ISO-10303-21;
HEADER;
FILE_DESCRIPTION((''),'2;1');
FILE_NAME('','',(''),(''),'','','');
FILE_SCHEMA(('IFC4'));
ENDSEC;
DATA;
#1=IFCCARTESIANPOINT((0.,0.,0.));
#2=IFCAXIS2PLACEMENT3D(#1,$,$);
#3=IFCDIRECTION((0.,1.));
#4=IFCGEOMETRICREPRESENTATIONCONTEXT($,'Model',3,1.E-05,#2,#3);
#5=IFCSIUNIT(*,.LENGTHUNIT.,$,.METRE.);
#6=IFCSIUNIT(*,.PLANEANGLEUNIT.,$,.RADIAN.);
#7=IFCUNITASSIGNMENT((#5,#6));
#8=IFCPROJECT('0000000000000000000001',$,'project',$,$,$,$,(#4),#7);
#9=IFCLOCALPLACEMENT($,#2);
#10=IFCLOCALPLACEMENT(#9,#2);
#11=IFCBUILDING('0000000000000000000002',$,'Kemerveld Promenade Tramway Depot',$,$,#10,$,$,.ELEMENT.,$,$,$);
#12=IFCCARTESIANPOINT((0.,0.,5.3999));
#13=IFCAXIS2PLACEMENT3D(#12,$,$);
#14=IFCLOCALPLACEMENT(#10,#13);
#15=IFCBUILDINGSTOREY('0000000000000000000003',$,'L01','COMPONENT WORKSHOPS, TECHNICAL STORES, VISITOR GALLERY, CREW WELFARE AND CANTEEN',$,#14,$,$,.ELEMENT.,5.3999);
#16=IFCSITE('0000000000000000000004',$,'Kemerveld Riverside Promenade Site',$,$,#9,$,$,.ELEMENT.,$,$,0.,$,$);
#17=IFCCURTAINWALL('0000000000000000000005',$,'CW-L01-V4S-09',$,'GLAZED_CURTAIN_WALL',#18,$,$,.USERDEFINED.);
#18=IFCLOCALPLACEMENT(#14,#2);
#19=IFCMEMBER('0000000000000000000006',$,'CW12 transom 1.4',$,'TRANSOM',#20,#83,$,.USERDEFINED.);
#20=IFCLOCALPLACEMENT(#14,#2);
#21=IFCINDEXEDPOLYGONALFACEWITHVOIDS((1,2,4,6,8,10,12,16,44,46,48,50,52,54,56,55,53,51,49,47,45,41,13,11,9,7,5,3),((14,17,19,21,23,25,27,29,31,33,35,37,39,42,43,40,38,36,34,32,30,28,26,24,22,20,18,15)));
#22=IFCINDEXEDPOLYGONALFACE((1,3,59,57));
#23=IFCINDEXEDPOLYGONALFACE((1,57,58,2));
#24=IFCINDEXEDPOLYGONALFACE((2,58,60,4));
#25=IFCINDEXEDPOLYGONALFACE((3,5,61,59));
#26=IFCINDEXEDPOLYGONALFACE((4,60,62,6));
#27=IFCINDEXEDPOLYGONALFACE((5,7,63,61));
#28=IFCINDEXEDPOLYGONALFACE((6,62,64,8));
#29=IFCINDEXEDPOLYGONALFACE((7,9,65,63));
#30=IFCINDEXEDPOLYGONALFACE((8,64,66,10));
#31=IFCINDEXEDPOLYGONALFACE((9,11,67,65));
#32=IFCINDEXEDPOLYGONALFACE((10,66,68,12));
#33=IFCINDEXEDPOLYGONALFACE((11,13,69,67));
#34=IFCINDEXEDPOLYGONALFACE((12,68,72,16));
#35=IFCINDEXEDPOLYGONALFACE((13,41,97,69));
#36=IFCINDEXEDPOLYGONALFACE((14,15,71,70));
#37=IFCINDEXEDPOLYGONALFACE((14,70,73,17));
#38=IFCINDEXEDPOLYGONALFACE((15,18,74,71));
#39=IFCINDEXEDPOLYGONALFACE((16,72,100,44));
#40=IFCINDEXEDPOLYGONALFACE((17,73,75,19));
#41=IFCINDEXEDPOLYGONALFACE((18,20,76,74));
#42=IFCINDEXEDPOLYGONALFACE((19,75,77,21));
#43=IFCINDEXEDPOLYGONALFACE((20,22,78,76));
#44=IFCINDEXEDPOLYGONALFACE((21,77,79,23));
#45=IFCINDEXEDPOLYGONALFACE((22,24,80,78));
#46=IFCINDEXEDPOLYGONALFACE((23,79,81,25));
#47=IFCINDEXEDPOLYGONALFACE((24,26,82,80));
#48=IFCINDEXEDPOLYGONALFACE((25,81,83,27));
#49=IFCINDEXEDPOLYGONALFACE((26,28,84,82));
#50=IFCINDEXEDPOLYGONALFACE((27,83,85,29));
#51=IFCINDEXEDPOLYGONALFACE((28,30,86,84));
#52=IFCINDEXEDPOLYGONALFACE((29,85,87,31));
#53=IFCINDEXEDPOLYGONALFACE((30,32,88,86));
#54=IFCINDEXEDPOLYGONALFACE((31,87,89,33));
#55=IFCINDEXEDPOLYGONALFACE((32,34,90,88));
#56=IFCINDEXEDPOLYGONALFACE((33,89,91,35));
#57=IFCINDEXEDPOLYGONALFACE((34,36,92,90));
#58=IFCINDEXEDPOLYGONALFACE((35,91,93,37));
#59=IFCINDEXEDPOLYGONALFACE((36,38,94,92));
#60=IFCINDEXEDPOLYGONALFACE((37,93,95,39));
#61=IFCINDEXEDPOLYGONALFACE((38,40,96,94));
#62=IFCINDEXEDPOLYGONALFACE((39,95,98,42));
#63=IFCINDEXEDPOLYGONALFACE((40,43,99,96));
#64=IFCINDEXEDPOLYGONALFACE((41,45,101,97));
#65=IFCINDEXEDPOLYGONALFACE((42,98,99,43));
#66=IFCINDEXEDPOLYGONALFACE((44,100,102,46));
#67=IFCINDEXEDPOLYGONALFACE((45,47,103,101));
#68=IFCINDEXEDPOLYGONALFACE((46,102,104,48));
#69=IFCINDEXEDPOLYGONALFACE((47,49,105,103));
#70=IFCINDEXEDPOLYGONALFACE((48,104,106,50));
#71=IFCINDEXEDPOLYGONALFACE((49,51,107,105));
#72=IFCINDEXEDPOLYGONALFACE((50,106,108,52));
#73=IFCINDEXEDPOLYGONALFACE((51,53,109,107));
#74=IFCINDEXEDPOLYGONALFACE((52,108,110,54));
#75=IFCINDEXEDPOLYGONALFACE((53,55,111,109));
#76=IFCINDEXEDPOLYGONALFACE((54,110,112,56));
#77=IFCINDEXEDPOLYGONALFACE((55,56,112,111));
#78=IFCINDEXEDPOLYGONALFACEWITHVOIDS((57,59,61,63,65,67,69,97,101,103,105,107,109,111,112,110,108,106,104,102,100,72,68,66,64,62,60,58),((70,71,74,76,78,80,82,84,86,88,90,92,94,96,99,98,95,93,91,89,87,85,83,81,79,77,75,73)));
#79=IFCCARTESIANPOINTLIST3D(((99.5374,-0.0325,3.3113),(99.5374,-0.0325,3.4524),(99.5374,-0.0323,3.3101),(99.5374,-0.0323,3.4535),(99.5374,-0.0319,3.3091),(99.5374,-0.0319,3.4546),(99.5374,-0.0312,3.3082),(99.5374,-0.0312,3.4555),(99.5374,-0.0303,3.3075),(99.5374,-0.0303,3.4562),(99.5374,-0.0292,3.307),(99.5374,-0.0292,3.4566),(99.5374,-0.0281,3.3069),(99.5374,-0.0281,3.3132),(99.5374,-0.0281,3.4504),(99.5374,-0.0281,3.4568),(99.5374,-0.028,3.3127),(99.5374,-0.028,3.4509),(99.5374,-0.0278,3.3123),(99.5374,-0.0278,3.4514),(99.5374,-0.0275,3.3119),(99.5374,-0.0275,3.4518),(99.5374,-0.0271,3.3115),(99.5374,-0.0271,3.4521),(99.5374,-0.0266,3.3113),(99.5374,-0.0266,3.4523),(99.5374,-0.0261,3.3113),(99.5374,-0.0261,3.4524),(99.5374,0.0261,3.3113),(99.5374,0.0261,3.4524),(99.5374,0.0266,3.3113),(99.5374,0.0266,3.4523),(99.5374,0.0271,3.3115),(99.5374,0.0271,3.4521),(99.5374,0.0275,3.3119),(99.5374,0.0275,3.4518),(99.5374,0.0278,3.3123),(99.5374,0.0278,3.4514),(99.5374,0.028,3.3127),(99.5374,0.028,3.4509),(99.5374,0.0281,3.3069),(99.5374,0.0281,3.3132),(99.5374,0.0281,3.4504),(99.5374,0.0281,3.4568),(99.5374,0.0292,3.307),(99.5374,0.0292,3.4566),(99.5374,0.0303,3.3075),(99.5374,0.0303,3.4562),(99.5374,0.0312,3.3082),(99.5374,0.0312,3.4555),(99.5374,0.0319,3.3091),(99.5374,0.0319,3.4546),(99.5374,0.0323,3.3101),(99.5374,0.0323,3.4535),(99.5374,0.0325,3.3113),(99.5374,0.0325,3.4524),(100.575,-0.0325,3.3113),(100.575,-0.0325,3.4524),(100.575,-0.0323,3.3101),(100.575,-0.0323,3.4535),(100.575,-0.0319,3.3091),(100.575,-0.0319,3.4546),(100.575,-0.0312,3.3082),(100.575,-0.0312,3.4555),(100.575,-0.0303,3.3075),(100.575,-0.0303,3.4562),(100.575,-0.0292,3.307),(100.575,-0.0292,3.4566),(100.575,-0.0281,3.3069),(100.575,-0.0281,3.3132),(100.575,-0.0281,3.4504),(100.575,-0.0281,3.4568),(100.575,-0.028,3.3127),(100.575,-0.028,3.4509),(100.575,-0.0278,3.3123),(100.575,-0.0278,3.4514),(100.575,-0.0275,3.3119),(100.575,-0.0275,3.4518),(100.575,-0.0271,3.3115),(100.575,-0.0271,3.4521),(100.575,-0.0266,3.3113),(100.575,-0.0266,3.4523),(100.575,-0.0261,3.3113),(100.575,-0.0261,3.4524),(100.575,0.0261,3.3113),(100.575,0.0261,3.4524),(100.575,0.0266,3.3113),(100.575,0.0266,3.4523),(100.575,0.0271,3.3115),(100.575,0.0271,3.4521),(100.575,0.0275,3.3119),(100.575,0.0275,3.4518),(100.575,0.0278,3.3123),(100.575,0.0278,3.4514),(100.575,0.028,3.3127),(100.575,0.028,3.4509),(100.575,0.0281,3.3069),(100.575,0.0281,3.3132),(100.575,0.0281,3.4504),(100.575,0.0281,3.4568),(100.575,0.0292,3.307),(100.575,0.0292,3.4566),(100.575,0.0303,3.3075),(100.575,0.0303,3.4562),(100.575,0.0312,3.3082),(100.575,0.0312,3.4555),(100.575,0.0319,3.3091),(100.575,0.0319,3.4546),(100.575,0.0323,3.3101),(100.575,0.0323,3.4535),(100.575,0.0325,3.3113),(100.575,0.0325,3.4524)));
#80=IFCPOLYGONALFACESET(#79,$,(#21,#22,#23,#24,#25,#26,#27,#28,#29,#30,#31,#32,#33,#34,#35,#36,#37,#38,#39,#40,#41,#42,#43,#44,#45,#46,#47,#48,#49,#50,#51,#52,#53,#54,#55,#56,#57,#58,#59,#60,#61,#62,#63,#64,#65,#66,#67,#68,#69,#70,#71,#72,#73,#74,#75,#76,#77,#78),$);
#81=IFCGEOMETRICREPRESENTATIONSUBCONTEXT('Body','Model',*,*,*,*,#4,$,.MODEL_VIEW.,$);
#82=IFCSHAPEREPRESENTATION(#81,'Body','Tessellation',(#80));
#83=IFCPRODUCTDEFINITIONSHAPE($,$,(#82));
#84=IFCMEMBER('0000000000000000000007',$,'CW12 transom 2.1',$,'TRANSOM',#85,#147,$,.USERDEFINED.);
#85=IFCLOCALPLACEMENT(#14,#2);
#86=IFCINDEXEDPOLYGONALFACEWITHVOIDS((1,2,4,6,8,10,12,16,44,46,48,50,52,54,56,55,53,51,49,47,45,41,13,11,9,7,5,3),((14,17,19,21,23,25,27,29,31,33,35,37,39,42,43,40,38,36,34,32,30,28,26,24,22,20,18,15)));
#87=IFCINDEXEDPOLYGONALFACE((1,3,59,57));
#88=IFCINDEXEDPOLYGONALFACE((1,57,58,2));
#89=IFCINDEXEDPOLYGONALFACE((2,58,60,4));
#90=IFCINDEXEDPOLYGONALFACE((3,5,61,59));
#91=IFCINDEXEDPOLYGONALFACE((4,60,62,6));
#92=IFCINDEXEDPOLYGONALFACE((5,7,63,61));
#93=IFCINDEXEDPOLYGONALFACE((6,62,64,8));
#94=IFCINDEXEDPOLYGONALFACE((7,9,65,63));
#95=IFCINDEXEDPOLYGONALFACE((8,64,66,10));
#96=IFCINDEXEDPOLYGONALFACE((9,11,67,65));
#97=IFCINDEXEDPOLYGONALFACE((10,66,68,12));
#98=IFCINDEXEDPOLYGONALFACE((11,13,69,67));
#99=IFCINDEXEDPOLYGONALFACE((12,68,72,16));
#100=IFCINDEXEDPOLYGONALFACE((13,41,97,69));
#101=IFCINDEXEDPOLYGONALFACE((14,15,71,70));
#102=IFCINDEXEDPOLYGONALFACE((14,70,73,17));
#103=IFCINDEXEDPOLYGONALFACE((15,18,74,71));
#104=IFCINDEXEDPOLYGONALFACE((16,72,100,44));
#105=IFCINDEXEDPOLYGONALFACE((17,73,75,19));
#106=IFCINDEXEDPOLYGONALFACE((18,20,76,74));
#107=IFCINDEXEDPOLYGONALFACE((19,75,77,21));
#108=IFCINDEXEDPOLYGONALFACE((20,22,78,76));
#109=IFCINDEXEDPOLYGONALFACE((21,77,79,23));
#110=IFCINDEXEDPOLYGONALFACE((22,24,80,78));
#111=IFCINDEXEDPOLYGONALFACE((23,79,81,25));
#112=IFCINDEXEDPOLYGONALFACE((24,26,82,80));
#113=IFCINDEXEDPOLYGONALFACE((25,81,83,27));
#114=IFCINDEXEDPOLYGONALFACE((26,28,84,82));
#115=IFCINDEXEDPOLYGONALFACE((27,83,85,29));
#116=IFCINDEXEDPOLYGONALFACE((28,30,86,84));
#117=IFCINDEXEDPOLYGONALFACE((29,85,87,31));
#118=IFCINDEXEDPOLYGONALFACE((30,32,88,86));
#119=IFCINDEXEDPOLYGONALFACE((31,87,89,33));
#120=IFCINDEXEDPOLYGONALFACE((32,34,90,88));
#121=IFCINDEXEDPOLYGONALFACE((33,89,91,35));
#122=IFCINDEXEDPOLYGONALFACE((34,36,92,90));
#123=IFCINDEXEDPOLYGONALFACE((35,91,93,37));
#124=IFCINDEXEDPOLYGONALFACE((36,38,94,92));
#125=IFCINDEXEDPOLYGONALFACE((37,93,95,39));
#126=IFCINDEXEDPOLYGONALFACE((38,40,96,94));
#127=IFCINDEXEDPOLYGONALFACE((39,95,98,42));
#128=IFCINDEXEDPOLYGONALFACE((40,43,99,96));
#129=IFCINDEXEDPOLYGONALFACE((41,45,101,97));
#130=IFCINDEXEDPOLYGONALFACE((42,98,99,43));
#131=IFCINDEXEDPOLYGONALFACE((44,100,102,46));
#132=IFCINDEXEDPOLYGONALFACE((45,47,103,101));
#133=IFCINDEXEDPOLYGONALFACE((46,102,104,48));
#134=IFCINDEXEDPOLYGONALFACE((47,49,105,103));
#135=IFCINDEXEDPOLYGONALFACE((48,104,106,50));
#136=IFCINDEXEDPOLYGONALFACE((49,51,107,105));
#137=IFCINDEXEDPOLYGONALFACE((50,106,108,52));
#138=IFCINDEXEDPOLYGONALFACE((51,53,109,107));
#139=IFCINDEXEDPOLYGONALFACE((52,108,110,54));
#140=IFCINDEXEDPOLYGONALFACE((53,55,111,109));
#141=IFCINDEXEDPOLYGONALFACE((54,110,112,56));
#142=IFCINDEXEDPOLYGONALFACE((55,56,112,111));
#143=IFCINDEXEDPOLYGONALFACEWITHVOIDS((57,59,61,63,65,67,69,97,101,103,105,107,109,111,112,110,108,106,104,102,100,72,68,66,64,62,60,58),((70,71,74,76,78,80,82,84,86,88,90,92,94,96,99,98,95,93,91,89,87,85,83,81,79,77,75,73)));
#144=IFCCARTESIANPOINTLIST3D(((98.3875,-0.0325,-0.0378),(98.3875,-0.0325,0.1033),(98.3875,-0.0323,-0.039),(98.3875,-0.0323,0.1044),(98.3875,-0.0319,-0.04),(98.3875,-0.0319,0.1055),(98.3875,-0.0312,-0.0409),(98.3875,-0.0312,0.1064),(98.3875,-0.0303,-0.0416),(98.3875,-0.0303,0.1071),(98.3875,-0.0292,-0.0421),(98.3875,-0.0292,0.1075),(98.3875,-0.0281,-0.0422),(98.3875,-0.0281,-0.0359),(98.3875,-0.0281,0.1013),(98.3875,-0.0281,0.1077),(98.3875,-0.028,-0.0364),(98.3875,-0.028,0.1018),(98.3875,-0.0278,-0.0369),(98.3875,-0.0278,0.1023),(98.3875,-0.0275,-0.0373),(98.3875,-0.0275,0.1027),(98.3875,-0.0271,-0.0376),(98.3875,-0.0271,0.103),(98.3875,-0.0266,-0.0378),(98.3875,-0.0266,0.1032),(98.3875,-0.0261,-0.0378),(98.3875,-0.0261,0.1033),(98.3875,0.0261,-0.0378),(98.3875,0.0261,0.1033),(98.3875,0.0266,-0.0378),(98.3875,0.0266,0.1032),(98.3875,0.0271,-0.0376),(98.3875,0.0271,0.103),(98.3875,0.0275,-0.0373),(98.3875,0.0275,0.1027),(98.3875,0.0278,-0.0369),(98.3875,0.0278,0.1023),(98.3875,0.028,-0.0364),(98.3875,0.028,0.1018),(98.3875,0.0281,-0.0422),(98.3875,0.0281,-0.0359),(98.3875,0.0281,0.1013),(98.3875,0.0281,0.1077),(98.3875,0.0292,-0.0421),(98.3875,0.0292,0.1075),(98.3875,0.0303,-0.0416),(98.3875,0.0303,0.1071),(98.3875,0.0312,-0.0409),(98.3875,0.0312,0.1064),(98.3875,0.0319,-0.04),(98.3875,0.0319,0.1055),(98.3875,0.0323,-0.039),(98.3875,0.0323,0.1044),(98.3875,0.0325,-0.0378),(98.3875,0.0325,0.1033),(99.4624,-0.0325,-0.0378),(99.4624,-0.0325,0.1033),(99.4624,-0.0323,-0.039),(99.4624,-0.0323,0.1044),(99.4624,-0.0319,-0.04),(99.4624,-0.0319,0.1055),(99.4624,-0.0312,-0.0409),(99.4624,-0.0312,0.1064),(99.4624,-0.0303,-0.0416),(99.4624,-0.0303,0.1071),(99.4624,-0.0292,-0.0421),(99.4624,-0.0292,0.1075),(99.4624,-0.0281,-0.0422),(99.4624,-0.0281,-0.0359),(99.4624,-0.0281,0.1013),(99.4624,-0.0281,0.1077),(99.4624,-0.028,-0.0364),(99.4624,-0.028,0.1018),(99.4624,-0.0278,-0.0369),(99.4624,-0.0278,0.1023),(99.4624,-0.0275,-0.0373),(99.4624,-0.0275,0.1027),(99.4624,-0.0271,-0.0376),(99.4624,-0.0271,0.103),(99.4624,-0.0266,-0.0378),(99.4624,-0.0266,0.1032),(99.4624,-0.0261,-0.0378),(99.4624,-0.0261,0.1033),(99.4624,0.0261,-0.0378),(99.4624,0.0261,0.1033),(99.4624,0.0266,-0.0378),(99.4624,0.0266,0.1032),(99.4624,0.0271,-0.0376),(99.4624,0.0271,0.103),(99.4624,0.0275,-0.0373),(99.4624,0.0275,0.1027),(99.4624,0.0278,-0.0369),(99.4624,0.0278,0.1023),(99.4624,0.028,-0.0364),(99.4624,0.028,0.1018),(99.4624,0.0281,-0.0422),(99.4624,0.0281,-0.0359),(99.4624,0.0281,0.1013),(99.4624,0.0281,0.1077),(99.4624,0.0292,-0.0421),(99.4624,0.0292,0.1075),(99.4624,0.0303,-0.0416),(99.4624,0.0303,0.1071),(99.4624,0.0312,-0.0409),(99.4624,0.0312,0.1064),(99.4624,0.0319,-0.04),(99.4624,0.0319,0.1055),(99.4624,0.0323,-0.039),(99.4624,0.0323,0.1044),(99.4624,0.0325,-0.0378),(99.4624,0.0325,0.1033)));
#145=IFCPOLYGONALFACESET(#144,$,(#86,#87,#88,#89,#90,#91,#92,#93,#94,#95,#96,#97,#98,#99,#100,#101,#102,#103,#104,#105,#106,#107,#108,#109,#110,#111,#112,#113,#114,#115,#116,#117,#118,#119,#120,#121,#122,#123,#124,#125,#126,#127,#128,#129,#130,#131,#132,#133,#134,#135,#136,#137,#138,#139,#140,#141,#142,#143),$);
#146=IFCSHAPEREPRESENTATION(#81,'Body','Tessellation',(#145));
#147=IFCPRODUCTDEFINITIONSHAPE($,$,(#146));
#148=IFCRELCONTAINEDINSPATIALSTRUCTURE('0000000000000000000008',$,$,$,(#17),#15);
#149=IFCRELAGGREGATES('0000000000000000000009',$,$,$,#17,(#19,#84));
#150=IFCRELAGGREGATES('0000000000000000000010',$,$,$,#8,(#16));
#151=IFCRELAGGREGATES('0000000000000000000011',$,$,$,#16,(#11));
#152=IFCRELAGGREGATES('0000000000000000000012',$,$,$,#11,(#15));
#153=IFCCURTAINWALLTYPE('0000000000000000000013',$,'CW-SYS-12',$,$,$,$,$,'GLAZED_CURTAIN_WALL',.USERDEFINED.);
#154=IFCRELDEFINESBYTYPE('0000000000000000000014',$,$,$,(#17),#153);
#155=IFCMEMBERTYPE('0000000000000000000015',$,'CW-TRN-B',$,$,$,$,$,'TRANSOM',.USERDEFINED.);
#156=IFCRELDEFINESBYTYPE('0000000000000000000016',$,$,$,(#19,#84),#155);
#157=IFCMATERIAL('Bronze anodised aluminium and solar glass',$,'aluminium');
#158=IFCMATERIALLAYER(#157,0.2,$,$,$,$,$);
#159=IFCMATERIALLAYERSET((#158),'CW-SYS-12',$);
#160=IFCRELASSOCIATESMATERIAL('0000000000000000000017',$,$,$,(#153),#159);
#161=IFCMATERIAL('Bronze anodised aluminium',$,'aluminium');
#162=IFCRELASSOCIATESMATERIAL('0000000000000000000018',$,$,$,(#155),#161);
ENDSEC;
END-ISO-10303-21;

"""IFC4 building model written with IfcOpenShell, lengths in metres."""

from ifc_helpers import new_model, si_unit, direction, frame, origin, origin_2d, place, context, subcontext, project, spatial, hollow_rectangle, extrude, material, layer, layer_set, material_profile, profile_set, type_object, element, aggregate, save


model = new_model("IFC4")

# Units and contexts
model_context = context("Model", 3, precision=1e-05, world=origin(), true_north=direction((0.0, 1.0)))
body_context = subcontext(model_context, "Body", "Model", "MODEL_VIEW")
ifc_project = project(units=[si_unit("LENGTHUNIT", "METRE"), si_unit("PLANEANGLEUNIT", "RADIAN")], contexts=[model_context])

# Site, building, storey
site_placement = place(None, origin())
site = spatial("IfcSite", under=ifc_project, at=site_placement, Name="Kemerveld Riverside Promenade Site", CompositionType="ELEMENT", RefElevation=0.0)
building_placement = place(site_placement, origin())
building = spatial("IfcBuilding", under=site, at=building_placement, Name="Kemerveld Promenade Tramway Depot", CompositionType="ELEMENT")
storey_placement = place(building_placement, frame((0.0, 0.0, 5.3999)))
storey = spatial("IfcBuildingStorey", under=building, at=storey_placement, Name="L01", Description="COMPONENT WORKSHOPS, TECHNICAL STORES, VISITOR GALLERY, CREW WELFARE AND CANTEEN", CompositionType="ELEMENT", Elevation=5.3999)

# Curtain wall, members
ifc_material_1 = material(Name="Bronze anodised aluminium and solar glass", Category="aluminium")
ifc_layer_1 = layer(ifc_material_1, 0.2)
ifc_layer_set_1 = layer_set([ifc_layer_1], Name="CW-SYS-12")
curtain_wall_type = type_object("IfcCurtainWallType", Name="CW-SYS-12", ElementType="GLAZED_CURTAIN_WALL", PredefinedType="USERDEFINED", material=ifc_layer_set_1)
curtain_wall_placement = place(storey_placement, origin())
curtain_wall = element("IfcCurtainWall", 1, at=curtain_wall_placement, inside=storey, type_object=curtain_wall_type, Name="CW-L01-V4S-09", ObjectType="GLAZED_CURTAIN_WALL", PredefinedType="USERDEFINED")
ifc_material_2 = material(Name="Bronze anodised aluminium", Category="aluminium")
ifc_material_profile_1 = material_profile(ifc_material_2, hollow_rectangle(XDim=0.0649, YDim=0.1499, WallThickness=0.0044, InnerFilletRadius=0.002, OuterFilletRadius=0.0044, at=origin_2d()), Name="CW-TRN-150x65")
ifc_profile_set_1 = profile_set([ifc_material_profile_1], Name="Bronze anodised aluminium")
member_type_1 = type_object("IfcMemberType", Name="CW-TRN-B", ElementType="TRANSOM", PredefinedType="USERDEFINED", material=ifc_profile_set_1)
member_1_placement = place(storey_placement, frame((100.575, 0.0, 3.3818), z_axis=(-1.0, 0.0, 0.0), x_axis=(0.0, -1.0, 0.0)))
member_1 = element("IfcMember", 2, at=member_1_placement, type_object=member_type_1, Name="CW12 transom 1.4", ObjectType="TRANSOM", PredefinedType="USERDEFINED", context=body_context, shape_type="SweptSolid", body=[
    extrude(hollow_rectangle(XDim=0.0649, YDim=0.1499, WallThickness=0.0044, InnerFilletRadius=0.002, OuterFilletRadius=0.0044, at=origin_2d()), origin(), (0.0, 0.0, 1.0), 1.0376),
])
member_2_placement = place(storey_placement, frame((99.4624, 0.0, 0.0327), z_axis=(-1.0, 0.0, 0.0), x_axis=(0.0, -1.0, 0.0)))
member_2 = element("IfcMember", 3, at=member_2_placement, type_object=member_type_1, Name="CW12 transom 2.1", ObjectType="TRANSOM", PredefinedType="USERDEFINED", context=body_context, shape_type="SweptSolid", body=[
    extrude(hollow_rectangle(XDim=0.0649, YDim=0.1499, WallThickness=0.0044, InnerFilletRadius=0.002, OuterFilletRadius=0.0044, at=origin_2d()), origin(), (0.0, 0.0, 1.0), 1.075),
])
aggregate(curtain_wall, [member_1, member_2])

save(model, "model.ifc")
